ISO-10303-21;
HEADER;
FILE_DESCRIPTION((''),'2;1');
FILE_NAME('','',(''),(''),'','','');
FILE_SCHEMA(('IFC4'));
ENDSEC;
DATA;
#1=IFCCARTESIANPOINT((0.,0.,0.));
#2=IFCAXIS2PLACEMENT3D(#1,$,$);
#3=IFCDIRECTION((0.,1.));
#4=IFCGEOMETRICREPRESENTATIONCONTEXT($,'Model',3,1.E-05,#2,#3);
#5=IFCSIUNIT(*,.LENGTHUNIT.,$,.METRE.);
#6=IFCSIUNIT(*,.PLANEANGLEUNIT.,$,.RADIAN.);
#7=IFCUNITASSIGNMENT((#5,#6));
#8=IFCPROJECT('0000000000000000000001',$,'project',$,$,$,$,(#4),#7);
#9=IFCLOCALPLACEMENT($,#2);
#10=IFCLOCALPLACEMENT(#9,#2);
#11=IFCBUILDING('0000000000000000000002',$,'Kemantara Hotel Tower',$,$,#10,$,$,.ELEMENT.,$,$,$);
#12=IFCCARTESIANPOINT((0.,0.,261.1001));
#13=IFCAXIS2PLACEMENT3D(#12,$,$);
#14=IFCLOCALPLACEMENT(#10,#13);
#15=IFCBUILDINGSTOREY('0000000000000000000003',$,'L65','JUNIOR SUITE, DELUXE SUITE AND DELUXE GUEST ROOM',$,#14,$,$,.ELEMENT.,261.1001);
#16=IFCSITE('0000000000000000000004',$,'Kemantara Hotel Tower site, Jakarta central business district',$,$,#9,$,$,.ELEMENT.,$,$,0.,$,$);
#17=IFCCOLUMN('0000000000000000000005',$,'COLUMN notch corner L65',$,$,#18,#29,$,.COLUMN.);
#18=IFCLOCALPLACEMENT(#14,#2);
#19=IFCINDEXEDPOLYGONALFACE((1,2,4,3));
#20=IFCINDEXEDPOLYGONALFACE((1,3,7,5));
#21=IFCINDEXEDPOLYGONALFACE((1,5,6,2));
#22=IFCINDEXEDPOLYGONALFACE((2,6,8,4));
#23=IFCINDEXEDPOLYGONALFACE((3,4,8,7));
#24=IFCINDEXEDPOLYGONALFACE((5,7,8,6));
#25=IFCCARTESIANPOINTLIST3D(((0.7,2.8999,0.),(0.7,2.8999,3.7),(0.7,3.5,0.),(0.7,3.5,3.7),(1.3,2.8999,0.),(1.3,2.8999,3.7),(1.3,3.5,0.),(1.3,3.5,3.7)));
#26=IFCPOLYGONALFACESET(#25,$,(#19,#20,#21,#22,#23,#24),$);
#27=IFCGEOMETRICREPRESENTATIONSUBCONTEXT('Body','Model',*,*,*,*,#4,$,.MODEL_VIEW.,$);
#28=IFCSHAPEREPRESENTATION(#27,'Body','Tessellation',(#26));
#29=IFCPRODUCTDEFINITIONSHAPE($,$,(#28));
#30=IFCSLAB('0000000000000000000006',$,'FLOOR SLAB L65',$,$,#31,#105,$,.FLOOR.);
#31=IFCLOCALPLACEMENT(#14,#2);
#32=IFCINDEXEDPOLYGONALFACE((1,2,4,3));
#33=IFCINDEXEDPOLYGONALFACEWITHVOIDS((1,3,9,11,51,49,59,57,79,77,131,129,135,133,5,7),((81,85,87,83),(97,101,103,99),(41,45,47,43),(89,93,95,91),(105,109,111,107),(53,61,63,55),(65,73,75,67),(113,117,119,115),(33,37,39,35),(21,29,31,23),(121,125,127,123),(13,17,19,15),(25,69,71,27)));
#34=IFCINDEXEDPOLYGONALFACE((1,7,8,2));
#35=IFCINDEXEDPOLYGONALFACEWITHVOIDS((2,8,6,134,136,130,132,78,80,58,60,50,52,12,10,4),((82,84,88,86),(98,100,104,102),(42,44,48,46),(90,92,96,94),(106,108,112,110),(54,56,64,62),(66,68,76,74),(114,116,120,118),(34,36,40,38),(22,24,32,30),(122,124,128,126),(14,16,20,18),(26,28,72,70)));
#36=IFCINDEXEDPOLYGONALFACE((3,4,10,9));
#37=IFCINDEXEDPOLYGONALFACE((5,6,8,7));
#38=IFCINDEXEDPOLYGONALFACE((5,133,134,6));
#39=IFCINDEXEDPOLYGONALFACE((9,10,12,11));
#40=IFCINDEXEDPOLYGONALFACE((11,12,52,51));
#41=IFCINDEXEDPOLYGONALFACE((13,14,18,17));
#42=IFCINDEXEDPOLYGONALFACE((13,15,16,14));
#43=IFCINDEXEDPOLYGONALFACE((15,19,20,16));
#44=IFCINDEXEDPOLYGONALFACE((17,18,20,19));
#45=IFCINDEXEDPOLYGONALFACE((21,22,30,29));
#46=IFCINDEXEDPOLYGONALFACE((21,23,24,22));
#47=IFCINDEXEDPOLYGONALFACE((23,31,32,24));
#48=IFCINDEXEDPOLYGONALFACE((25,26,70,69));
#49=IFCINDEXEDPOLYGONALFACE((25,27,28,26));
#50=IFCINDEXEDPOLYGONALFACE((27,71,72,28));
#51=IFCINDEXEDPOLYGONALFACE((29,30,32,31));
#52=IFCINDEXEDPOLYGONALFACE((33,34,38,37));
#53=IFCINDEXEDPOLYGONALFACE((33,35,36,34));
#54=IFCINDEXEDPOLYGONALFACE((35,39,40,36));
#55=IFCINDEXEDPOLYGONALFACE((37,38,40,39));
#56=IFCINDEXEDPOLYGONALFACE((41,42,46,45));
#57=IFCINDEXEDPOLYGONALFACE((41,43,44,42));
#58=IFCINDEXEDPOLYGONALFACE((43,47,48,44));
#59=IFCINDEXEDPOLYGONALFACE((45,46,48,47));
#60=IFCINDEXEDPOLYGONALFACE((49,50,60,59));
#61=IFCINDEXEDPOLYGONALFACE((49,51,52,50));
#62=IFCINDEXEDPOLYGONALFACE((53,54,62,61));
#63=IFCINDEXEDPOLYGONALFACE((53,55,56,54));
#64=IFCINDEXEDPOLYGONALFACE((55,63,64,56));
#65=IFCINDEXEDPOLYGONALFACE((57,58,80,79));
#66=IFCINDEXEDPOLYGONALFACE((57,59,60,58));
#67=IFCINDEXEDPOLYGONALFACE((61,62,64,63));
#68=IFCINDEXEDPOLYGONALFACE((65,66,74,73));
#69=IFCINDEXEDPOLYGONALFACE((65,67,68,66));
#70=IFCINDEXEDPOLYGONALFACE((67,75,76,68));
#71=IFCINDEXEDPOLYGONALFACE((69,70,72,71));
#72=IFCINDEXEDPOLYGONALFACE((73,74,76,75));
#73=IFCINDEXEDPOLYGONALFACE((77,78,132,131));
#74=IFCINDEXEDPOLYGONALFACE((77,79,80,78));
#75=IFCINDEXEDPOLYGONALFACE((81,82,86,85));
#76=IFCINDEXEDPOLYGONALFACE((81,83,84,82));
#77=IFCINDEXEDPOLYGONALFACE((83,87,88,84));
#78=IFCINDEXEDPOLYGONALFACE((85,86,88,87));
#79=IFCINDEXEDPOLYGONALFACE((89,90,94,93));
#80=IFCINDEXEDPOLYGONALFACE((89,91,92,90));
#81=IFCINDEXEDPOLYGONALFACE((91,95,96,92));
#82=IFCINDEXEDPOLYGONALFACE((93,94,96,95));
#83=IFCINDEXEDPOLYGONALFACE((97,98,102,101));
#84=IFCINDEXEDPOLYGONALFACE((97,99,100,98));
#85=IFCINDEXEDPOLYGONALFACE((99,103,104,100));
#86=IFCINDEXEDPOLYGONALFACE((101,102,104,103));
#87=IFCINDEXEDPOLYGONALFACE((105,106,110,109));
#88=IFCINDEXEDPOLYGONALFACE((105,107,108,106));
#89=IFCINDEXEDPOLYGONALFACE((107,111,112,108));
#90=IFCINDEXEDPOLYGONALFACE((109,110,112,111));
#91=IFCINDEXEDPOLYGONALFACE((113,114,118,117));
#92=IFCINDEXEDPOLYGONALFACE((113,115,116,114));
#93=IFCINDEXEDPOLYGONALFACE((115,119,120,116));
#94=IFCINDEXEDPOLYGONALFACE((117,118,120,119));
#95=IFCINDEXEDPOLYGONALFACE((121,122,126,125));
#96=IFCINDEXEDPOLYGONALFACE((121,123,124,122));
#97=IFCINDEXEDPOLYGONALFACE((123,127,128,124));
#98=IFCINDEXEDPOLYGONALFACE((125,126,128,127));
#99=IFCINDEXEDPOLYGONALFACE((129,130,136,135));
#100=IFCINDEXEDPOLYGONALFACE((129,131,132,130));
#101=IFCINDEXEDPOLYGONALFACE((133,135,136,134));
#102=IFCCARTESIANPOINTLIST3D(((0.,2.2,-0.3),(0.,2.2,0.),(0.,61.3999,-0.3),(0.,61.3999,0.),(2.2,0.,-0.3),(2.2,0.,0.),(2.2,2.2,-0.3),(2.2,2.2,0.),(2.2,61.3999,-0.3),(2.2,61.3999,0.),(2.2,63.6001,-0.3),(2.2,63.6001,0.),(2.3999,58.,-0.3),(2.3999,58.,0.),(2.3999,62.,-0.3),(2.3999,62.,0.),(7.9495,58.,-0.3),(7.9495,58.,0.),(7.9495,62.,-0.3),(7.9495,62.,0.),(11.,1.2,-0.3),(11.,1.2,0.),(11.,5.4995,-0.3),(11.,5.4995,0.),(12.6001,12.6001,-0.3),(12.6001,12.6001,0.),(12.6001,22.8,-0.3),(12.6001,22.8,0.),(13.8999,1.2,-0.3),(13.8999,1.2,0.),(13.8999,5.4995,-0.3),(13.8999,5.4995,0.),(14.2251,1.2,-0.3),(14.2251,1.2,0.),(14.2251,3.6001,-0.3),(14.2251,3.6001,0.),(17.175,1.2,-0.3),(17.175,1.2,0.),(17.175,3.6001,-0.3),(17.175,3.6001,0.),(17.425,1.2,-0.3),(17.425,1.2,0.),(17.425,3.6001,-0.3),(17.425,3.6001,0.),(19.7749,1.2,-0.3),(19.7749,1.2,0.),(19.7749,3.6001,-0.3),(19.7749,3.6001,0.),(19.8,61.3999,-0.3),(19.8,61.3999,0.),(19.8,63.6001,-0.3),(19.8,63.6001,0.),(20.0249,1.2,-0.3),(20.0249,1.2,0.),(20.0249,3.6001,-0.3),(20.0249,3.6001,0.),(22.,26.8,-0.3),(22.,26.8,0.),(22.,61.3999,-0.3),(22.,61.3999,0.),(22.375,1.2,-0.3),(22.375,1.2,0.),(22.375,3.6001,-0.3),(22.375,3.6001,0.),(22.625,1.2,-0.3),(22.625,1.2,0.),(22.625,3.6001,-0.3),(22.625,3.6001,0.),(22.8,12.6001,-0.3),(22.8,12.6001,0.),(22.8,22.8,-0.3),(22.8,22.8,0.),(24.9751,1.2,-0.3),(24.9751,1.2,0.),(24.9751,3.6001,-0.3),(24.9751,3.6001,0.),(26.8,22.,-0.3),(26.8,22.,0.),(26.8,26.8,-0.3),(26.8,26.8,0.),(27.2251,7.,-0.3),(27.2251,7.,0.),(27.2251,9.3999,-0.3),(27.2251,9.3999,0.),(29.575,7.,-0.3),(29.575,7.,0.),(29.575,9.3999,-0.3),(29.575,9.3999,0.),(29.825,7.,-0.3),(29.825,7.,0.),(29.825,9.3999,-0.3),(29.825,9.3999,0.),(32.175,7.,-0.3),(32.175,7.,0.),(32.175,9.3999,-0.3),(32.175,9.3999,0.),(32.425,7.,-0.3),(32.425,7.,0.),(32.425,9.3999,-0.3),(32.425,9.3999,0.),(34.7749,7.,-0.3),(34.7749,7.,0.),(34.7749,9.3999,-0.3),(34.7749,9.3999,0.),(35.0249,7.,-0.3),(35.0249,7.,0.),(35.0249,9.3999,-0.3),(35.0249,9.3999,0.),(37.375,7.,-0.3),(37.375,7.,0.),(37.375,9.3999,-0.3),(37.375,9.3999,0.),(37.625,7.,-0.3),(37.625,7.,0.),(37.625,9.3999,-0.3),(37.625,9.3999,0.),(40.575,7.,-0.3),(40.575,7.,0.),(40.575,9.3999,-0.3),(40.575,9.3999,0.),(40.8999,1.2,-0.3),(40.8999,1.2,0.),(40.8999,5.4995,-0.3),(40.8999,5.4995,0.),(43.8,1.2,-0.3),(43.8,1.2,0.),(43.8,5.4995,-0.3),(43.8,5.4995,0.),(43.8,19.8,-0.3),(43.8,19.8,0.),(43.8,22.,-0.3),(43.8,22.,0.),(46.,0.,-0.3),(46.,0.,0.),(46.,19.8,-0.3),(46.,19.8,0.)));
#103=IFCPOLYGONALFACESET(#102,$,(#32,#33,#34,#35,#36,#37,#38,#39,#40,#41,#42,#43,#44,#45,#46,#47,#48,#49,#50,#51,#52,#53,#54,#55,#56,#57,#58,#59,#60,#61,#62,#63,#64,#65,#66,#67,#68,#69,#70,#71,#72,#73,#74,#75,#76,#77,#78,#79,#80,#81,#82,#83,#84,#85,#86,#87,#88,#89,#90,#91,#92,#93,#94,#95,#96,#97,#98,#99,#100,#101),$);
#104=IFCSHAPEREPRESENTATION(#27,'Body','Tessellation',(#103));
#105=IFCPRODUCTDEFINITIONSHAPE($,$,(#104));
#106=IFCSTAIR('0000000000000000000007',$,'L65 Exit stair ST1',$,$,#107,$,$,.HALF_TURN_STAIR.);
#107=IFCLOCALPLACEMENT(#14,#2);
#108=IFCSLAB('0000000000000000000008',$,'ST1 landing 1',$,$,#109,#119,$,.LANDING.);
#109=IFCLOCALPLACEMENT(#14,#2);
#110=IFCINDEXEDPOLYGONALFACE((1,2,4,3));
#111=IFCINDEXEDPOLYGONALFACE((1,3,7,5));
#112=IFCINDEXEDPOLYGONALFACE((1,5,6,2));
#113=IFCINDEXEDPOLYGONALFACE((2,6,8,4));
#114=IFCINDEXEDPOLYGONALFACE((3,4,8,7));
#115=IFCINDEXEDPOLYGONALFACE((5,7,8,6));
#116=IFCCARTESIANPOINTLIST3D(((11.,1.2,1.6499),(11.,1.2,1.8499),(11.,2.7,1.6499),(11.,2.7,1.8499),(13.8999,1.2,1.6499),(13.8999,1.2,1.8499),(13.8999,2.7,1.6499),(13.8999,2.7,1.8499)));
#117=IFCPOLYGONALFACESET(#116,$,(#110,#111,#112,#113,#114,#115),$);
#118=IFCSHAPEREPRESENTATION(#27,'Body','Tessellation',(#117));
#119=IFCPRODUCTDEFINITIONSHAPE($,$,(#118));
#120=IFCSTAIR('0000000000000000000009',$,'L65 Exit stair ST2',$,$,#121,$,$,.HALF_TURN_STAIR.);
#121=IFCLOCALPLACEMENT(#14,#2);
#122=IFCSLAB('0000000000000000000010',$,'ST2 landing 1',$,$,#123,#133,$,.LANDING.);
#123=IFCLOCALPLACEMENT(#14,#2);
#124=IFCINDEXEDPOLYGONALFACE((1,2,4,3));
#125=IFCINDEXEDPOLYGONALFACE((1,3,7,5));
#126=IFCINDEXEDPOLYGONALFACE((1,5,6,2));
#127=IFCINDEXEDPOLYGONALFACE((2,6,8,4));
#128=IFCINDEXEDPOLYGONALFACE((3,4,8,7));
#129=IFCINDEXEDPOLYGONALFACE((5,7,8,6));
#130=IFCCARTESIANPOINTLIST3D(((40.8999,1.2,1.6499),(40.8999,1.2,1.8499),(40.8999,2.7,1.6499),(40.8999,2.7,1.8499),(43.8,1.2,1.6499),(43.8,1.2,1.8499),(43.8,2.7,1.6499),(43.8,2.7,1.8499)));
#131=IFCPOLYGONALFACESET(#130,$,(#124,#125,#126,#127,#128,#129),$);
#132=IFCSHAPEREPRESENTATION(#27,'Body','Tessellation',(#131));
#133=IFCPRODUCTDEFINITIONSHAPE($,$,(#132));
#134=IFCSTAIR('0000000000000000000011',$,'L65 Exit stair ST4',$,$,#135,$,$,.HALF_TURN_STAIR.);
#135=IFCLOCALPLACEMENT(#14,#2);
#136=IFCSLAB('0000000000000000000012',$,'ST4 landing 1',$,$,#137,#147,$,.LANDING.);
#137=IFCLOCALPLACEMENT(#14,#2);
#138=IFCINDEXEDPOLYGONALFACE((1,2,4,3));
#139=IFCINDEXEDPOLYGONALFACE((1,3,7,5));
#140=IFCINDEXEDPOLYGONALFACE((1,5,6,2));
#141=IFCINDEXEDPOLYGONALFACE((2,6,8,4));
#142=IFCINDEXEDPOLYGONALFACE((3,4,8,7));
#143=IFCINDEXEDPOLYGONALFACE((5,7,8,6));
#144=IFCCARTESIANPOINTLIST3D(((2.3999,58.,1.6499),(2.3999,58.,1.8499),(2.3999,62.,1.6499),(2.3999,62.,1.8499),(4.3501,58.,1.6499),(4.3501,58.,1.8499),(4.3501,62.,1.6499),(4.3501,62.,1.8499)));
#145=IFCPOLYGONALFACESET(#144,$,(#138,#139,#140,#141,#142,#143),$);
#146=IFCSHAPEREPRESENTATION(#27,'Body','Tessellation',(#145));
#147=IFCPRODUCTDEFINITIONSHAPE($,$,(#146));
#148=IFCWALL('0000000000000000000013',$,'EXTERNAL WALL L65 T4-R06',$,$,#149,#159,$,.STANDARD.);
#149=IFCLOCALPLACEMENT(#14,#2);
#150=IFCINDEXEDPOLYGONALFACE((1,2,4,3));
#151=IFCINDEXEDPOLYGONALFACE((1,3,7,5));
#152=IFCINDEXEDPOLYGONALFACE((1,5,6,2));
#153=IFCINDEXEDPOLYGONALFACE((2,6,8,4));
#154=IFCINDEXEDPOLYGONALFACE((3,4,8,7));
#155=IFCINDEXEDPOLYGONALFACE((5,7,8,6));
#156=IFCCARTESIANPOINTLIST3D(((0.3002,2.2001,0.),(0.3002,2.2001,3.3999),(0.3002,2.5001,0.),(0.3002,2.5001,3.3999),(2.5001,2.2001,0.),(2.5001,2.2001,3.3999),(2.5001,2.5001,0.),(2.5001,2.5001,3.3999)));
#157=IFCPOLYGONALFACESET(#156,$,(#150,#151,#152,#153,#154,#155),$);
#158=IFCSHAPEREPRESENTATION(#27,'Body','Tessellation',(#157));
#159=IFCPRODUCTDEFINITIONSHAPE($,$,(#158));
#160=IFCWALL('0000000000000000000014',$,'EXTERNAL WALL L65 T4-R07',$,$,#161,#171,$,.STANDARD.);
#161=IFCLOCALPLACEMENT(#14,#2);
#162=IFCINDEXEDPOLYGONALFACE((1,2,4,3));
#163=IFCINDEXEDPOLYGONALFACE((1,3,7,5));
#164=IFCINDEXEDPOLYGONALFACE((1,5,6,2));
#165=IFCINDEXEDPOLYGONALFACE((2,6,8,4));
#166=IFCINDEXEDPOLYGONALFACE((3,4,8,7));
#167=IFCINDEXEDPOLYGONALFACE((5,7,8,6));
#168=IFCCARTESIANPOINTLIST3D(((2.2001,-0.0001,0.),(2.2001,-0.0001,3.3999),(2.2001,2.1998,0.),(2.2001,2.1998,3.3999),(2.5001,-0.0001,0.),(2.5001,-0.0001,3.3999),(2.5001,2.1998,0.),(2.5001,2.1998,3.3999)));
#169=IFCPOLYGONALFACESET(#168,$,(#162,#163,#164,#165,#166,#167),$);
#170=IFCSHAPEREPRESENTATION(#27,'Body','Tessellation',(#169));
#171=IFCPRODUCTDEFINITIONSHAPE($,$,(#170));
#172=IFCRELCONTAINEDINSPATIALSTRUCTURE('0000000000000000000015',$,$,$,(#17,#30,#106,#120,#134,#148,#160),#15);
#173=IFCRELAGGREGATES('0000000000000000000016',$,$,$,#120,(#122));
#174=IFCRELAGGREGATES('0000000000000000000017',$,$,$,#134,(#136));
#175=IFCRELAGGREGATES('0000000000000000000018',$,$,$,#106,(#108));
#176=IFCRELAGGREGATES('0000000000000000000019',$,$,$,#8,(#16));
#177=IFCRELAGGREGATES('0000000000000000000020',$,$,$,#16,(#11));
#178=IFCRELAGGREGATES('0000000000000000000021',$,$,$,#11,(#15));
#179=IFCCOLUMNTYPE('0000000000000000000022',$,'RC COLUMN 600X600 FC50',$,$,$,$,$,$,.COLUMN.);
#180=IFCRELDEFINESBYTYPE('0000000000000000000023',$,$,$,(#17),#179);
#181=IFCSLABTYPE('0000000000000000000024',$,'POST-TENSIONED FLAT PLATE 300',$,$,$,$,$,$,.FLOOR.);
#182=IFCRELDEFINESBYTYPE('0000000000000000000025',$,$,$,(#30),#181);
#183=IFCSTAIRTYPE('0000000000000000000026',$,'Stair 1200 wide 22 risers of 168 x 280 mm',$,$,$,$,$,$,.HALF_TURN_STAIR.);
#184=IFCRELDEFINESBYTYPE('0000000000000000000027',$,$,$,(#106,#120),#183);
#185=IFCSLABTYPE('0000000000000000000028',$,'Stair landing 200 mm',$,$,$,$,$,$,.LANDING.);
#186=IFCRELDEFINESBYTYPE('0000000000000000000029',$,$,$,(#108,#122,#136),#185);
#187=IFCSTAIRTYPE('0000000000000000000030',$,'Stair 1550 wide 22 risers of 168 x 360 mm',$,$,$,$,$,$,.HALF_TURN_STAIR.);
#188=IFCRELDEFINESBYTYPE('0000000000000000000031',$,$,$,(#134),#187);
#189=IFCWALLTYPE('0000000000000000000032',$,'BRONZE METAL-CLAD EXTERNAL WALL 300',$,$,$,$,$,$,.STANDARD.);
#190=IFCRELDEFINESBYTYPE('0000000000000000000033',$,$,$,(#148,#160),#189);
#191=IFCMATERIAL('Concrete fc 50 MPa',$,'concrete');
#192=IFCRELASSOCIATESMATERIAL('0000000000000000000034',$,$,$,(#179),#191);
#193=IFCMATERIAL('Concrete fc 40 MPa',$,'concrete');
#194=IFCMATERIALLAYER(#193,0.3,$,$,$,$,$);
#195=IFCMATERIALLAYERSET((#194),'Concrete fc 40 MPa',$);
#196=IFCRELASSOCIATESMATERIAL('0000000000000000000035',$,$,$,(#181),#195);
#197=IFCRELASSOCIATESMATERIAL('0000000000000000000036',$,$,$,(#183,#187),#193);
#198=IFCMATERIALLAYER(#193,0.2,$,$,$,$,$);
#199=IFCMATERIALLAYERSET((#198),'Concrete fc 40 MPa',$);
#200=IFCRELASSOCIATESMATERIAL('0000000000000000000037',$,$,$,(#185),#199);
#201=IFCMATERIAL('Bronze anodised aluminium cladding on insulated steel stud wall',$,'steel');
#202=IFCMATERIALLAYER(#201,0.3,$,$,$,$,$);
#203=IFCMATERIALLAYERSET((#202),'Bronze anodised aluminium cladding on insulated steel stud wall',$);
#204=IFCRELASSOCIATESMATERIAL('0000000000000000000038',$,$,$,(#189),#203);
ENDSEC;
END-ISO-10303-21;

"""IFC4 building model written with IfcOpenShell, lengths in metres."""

from ifc_helpers import new_model, si_unit, direction, frame, frame_2d, origin, origin_2d, place, context, subcontext, project, spatial, polyline, rectangle, outline, extrude, material, layer, layer_set, material_profile, profile_set, type_object, element, aggregate, save


model = new_model("IFC4")

# Units and contexts
model_context = context("Model", 3, precision=1e-05, world=origin(), true_north=direction((0.0, 1.0)))
body_context = subcontext(model_context, "Body", "Model", "MODEL_VIEW")
ifc_project = project(units=[si_unit("LENGTHUNIT", "METRE"), si_unit("PLANEANGLEUNIT", "RADIAN")], contexts=[model_context])

# Site, building, storey
site_placement = place(None, origin())
site = spatial("IfcSite", under=ifc_project, at=site_placement, Name="Kemantara Hotel Tower site, Jakarta central business district", CompositionType="ELEMENT", RefElevation=0.0)
building_placement = place(site_placement, origin())
building = spatial("IfcBuilding", under=site, at=building_placement, Name="Kemantara Hotel Tower", CompositionType="ELEMENT")
storey_placement = place(building_placement, frame((0.0, 0.0, 261.1001)))
storey = spatial("IfcBuildingStorey", under=building, at=storey_placement, Name="L65", Description="JUNIOR SUITE, DELUXE SUITE AND DELUXE GUEST ROOM", CompositionType="ELEMENT", Elevation=261.1001)

# Column
ifc_material_1 = material(Name="Concrete fc 50 MPa", Category="concrete")
ifc_material_profile = material_profile(ifc_material_1, rectangle(XDim=0.6001, YDim=0.6001, at=origin_2d()), Name="RC 600X600")
ifc_profile_set = profile_set([ifc_material_profile], Name="Concrete fc 50 MPa")
column_type = type_object("IfcColumnType", Name="RC COLUMN 600X600 FC50", PredefinedType="COLUMN", material=ifc_profile_set)
column_placement = place(storey_placement, frame((1.0, 3.2, 0.0), z_axis=(0.0, 0.0, 1.0), x_axis=(1.0, 0.0, 0.0)))
element("IfcColumn", 1, at=column_placement, inside=storey, type_object=column_type, Name="COLUMN notch corner L65", PredefinedType="COLUMN", context=body_context, shape_type="SweptSolid", body=[
    extrude(rectangle(XDim=0.6001, YDim=0.6001, at=origin_2d()), origin(), (0.0, 0.0, 1.0), 3.7),
])

# Slab
ifc_material_2 = material(Name="Concrete fc 40 MPa", Category="concrete")
ifc_layer_1 = layer(ifc_material_2, 0.3)
ifc_layer_set_1 = layer_set([ifc_layer_1], Name="Concrete fc 40 MPa")
slab_type_1 = type_object("IfcSlabType", Name="POST-TENSIONED FLAT PLATE 300", PredefinedType="FLOOR", material=ifc_layer_set_1)
slab_1_placement = place(storey_placement, frame((0.0, 0.0, -0.3)))
element("IfcSlab", 2, at=slab_1_placement, inside=storey, type_object=slab_type_1, Name="FLOOR SLAB L65", PredefinedType="FLOOR", context=body_context, shape_type="SweptSolid", body=[
    extrude(outline(polyline([(22.0, 26.8), (22.0, 61.3999), (19.8, 61.3999), (19.8, 63.6001), (2.2, 63.6001), (2.2, 61.3999), (0.0, 61.3999), (0.0, 2.2), (2.2, 2.2), (2.2, 0.0), (46.0, 0.0), (46.0, 19.8), (43.8, 19.8), (43.8, 22.0), (26.8, 22.0), (26.8, 26.8), (22.0, 26.8)]), holes=[polyline([(17.175, 3.6001), (17.175, 1.2), (14.2251, 1.2), (14.2251, 3.6001), (17.175, 3.6001)]), polyline([(19.7749, 1.2), (17.425, 1.2), (17.425, 3.6001), (19.7749, 3.6001), (19.7749, 1.2)]), polyline([(22.375, 1.2), (20.0249, 1.2), (20.0249, 3.6001), (22.375, 3.6001), (22.375, 1.2)]), polyline([(24.9751, 3.6001), (24.9751, 1.2), (22.625, 1.2), (22.625, 3.6001), (24.9751, 3.6001)]), polyline([(11.0, 1.2), (11.0, 5.4995), (13.8999, 5.4995), (13.8999, 1.2), (11.0, 1.2)]), polyline([(22.8, 12.6001), (12.6001, 12.6001), (12.6001, 22.8), (22.8, 22.8), (22.8, 12.6001)]), polyline([(2.3999, 58.0), (2.3999, 62.0), (7.9495, 62.0), (7.9495, 58.0), (2.3999, 58.0)]), polyline([(40.8999, 1.2), (40.8999, 5.4995), (43.8, 5.4995), (43.8, 1.2), (40.8999, 1.2)]), polyline([(29.575, 7.0), (27.2251, 7.0), (27.2251, 9.3999), (29.575, 9.3999), (29.575, 7.0)]), polyline([(32.175, 7.0), (29.825, 7.0), (29.825, 9.3999), (32.175, 9.3999), (32.175, 7.0)]), polyline([(34.7749, 7.0), (32.425, 7.0), (32.425, 9.3999), (34.7749, 9.3999), (34.7749, 7.0)]), polyline([(37.375, 7.0), (35.0249, 7.0), (35.0249, 9.3999), (37.375, 9.3999), (37.375, 7.0)]), polyline([(40.575, 7.0), (37.625, 7.0), (37.625, 9.3999), (40.575, 9.3999), (40.575, 7.0)])]), origin(), (0.0, 0.0, 1.0), 0.3),
])

# Stairs, slabs
stair_type_1 = type_object("IfcStairType", Name="Stair 1200 wide 22 risers of 168 x 280 mm", PredefinedType="HALF_TURN_STAIR", material=ifc_material_2)
stair_1_placement = place(storey_placement, origin())
stair_1 = element("IfcStair", 3, at=stair_1_placement, inside=storey, type_object=stair_type_1, Name="L65 Exit stair ST1", PredefinedType="HALF_TURN_STAIR")
ifc_layer_2 = layer(ifc_material_2, 0.2)
ifc_layer_set_2 = layer_set([ifc_layer_2], Name="Concrete fc 40 MPa")
slab_type_2 = type_object("IfcSlabType", Name="Stair landing 200 mm", PredefinedType="LANDING", material=ifc_layer_set_2)
slab_2_placement = place(storey_placement, frame((0.0, 0.0, 1.6499)))
slab_2 = element("IfcSlab", 4, at=slab_2_placement, type_object=slab_type_2, Name="ST1 landing 1", PredefinedType="LANDING", context=body_context, shape_type="SweptSolid", body=[
    extrude(outline(polyline([(11.0, 2.7), (11.0, 1.2), (13.8999, 1.2), (13.8999, 2.7), (11.0, 2.7)])), origin(), (0.0, 0.0, 1.0), 0.2),
])
stair_2_placement = place(storey_placement, origin())
stair_2 = element("IfcStair", 5, at=stair_2_placement, inside=storey, type_object=stair_type_1, Name="L65 Exit stair ST2", PredefinedType="HALF_TURN_STAIR")
slab_3_placement = place(storey_placement, frame((0.0, 0.0, 1.6499)))
slab_3 = element("IfcSlab", 6, at=slab_3_placement, type_object=slab_type_2, Name="ST2 landing 1", PredefinedType="LANDING", context=body_context, shape_type="SweptSolid", body=[
    extrude(outline(polyline([(40.8999, 2.7), (40.8999, 1.2), (43.8, 1.2), (43.8, 2.7), (40.8999, 2.7)])), origin(), (0.0, 0.0, 1.0), 0.2),
])
aggregate(stair_2, [slab_3])
stair_type_2 = type_object("IfcStairType", Name="Stair 1550 wide 22 risers of 168 x 360 mm", PredefinedType="HALF_TURN_STAIR", material=ifc_material_2)
stair_3_placement = place(storey_placement, origin())
stair_3 = element("IfcStair", 7, at=stair_3_placement, inside=storey, type_object=stair_type_2, Name="L65 Exit stair ST4", PredefinedType="HALF_TURN_STAIR")
slab_4_placement = place(storey_placement, frame((0.0, 0.0, 1.6499)))
slab_4 = element("IfcSlab", 8, at=slab_4_placement, type_object=slab_type_2, Name="ST4 landing 1", PredefinedType="LANDING", context=body_context, shape_type="SweptSolid", body=[
    extrude(outline(polyline([(4.3501, 62.0), (2.3999, 62.0), (2.3999, 58.0), (4.3501, 58.0), (4.3501, 62.0)])), origin(), (0.0, 0.0, 1.0), 0.2),
])
aggregate(stair_3, [slab_4])

# Walls
ifc_material_3 = material(Name="Bronze anodised aluminium cladding on insulated steel stud wall", Category="steel")
ifc_layer_3 = layer(ifc_material_3, 0.3)
ifc_layer_set_3 = layer_set([ifc_layer_3], Name="Bronze anodised aluminium cladding on insulated steel stud wall")
wall_type_1 = type_object("IfcWallType", Name="BRONZE METAL-CLAD EXTERNAL WALL 300", PredefinedType="STANDARD", material=ifc_layer_set_3)
for number, where, z_axis, x_axis, name in (
    (9, (0.3, 2.3501, 0.0), (0.0, 0.0, 1.0), (1.0, 0.0, 0.0), "EXTERNAL WALL L65 T4-R06"),
    (10, (2.3501, 2.2, 0.0), (0.0, 0.0, 1.0), (0.0, -1.0, 0.0), "EXTERNAL WALL L65 T4-R07"),
):
    element("IfcWall", number, at=place(storey_placement, frame(where, z_axis=z_axis, x_axis=x_axis)), inside=storey, type_object=wall_type_1, Name=name, PredefinedType="STANDARD", context=body_context, shape_type="SweptSolid", body=[
        extrude(rectangle(XDim=2.2, YDim=0.3, at=frame_2d((1.1001, 0.0))), origin(), (0.0, 0.0, 1.0), 3.3999),
    ])

aggregate(stair_1, [slab_2])

save(model, "model.ifc")
